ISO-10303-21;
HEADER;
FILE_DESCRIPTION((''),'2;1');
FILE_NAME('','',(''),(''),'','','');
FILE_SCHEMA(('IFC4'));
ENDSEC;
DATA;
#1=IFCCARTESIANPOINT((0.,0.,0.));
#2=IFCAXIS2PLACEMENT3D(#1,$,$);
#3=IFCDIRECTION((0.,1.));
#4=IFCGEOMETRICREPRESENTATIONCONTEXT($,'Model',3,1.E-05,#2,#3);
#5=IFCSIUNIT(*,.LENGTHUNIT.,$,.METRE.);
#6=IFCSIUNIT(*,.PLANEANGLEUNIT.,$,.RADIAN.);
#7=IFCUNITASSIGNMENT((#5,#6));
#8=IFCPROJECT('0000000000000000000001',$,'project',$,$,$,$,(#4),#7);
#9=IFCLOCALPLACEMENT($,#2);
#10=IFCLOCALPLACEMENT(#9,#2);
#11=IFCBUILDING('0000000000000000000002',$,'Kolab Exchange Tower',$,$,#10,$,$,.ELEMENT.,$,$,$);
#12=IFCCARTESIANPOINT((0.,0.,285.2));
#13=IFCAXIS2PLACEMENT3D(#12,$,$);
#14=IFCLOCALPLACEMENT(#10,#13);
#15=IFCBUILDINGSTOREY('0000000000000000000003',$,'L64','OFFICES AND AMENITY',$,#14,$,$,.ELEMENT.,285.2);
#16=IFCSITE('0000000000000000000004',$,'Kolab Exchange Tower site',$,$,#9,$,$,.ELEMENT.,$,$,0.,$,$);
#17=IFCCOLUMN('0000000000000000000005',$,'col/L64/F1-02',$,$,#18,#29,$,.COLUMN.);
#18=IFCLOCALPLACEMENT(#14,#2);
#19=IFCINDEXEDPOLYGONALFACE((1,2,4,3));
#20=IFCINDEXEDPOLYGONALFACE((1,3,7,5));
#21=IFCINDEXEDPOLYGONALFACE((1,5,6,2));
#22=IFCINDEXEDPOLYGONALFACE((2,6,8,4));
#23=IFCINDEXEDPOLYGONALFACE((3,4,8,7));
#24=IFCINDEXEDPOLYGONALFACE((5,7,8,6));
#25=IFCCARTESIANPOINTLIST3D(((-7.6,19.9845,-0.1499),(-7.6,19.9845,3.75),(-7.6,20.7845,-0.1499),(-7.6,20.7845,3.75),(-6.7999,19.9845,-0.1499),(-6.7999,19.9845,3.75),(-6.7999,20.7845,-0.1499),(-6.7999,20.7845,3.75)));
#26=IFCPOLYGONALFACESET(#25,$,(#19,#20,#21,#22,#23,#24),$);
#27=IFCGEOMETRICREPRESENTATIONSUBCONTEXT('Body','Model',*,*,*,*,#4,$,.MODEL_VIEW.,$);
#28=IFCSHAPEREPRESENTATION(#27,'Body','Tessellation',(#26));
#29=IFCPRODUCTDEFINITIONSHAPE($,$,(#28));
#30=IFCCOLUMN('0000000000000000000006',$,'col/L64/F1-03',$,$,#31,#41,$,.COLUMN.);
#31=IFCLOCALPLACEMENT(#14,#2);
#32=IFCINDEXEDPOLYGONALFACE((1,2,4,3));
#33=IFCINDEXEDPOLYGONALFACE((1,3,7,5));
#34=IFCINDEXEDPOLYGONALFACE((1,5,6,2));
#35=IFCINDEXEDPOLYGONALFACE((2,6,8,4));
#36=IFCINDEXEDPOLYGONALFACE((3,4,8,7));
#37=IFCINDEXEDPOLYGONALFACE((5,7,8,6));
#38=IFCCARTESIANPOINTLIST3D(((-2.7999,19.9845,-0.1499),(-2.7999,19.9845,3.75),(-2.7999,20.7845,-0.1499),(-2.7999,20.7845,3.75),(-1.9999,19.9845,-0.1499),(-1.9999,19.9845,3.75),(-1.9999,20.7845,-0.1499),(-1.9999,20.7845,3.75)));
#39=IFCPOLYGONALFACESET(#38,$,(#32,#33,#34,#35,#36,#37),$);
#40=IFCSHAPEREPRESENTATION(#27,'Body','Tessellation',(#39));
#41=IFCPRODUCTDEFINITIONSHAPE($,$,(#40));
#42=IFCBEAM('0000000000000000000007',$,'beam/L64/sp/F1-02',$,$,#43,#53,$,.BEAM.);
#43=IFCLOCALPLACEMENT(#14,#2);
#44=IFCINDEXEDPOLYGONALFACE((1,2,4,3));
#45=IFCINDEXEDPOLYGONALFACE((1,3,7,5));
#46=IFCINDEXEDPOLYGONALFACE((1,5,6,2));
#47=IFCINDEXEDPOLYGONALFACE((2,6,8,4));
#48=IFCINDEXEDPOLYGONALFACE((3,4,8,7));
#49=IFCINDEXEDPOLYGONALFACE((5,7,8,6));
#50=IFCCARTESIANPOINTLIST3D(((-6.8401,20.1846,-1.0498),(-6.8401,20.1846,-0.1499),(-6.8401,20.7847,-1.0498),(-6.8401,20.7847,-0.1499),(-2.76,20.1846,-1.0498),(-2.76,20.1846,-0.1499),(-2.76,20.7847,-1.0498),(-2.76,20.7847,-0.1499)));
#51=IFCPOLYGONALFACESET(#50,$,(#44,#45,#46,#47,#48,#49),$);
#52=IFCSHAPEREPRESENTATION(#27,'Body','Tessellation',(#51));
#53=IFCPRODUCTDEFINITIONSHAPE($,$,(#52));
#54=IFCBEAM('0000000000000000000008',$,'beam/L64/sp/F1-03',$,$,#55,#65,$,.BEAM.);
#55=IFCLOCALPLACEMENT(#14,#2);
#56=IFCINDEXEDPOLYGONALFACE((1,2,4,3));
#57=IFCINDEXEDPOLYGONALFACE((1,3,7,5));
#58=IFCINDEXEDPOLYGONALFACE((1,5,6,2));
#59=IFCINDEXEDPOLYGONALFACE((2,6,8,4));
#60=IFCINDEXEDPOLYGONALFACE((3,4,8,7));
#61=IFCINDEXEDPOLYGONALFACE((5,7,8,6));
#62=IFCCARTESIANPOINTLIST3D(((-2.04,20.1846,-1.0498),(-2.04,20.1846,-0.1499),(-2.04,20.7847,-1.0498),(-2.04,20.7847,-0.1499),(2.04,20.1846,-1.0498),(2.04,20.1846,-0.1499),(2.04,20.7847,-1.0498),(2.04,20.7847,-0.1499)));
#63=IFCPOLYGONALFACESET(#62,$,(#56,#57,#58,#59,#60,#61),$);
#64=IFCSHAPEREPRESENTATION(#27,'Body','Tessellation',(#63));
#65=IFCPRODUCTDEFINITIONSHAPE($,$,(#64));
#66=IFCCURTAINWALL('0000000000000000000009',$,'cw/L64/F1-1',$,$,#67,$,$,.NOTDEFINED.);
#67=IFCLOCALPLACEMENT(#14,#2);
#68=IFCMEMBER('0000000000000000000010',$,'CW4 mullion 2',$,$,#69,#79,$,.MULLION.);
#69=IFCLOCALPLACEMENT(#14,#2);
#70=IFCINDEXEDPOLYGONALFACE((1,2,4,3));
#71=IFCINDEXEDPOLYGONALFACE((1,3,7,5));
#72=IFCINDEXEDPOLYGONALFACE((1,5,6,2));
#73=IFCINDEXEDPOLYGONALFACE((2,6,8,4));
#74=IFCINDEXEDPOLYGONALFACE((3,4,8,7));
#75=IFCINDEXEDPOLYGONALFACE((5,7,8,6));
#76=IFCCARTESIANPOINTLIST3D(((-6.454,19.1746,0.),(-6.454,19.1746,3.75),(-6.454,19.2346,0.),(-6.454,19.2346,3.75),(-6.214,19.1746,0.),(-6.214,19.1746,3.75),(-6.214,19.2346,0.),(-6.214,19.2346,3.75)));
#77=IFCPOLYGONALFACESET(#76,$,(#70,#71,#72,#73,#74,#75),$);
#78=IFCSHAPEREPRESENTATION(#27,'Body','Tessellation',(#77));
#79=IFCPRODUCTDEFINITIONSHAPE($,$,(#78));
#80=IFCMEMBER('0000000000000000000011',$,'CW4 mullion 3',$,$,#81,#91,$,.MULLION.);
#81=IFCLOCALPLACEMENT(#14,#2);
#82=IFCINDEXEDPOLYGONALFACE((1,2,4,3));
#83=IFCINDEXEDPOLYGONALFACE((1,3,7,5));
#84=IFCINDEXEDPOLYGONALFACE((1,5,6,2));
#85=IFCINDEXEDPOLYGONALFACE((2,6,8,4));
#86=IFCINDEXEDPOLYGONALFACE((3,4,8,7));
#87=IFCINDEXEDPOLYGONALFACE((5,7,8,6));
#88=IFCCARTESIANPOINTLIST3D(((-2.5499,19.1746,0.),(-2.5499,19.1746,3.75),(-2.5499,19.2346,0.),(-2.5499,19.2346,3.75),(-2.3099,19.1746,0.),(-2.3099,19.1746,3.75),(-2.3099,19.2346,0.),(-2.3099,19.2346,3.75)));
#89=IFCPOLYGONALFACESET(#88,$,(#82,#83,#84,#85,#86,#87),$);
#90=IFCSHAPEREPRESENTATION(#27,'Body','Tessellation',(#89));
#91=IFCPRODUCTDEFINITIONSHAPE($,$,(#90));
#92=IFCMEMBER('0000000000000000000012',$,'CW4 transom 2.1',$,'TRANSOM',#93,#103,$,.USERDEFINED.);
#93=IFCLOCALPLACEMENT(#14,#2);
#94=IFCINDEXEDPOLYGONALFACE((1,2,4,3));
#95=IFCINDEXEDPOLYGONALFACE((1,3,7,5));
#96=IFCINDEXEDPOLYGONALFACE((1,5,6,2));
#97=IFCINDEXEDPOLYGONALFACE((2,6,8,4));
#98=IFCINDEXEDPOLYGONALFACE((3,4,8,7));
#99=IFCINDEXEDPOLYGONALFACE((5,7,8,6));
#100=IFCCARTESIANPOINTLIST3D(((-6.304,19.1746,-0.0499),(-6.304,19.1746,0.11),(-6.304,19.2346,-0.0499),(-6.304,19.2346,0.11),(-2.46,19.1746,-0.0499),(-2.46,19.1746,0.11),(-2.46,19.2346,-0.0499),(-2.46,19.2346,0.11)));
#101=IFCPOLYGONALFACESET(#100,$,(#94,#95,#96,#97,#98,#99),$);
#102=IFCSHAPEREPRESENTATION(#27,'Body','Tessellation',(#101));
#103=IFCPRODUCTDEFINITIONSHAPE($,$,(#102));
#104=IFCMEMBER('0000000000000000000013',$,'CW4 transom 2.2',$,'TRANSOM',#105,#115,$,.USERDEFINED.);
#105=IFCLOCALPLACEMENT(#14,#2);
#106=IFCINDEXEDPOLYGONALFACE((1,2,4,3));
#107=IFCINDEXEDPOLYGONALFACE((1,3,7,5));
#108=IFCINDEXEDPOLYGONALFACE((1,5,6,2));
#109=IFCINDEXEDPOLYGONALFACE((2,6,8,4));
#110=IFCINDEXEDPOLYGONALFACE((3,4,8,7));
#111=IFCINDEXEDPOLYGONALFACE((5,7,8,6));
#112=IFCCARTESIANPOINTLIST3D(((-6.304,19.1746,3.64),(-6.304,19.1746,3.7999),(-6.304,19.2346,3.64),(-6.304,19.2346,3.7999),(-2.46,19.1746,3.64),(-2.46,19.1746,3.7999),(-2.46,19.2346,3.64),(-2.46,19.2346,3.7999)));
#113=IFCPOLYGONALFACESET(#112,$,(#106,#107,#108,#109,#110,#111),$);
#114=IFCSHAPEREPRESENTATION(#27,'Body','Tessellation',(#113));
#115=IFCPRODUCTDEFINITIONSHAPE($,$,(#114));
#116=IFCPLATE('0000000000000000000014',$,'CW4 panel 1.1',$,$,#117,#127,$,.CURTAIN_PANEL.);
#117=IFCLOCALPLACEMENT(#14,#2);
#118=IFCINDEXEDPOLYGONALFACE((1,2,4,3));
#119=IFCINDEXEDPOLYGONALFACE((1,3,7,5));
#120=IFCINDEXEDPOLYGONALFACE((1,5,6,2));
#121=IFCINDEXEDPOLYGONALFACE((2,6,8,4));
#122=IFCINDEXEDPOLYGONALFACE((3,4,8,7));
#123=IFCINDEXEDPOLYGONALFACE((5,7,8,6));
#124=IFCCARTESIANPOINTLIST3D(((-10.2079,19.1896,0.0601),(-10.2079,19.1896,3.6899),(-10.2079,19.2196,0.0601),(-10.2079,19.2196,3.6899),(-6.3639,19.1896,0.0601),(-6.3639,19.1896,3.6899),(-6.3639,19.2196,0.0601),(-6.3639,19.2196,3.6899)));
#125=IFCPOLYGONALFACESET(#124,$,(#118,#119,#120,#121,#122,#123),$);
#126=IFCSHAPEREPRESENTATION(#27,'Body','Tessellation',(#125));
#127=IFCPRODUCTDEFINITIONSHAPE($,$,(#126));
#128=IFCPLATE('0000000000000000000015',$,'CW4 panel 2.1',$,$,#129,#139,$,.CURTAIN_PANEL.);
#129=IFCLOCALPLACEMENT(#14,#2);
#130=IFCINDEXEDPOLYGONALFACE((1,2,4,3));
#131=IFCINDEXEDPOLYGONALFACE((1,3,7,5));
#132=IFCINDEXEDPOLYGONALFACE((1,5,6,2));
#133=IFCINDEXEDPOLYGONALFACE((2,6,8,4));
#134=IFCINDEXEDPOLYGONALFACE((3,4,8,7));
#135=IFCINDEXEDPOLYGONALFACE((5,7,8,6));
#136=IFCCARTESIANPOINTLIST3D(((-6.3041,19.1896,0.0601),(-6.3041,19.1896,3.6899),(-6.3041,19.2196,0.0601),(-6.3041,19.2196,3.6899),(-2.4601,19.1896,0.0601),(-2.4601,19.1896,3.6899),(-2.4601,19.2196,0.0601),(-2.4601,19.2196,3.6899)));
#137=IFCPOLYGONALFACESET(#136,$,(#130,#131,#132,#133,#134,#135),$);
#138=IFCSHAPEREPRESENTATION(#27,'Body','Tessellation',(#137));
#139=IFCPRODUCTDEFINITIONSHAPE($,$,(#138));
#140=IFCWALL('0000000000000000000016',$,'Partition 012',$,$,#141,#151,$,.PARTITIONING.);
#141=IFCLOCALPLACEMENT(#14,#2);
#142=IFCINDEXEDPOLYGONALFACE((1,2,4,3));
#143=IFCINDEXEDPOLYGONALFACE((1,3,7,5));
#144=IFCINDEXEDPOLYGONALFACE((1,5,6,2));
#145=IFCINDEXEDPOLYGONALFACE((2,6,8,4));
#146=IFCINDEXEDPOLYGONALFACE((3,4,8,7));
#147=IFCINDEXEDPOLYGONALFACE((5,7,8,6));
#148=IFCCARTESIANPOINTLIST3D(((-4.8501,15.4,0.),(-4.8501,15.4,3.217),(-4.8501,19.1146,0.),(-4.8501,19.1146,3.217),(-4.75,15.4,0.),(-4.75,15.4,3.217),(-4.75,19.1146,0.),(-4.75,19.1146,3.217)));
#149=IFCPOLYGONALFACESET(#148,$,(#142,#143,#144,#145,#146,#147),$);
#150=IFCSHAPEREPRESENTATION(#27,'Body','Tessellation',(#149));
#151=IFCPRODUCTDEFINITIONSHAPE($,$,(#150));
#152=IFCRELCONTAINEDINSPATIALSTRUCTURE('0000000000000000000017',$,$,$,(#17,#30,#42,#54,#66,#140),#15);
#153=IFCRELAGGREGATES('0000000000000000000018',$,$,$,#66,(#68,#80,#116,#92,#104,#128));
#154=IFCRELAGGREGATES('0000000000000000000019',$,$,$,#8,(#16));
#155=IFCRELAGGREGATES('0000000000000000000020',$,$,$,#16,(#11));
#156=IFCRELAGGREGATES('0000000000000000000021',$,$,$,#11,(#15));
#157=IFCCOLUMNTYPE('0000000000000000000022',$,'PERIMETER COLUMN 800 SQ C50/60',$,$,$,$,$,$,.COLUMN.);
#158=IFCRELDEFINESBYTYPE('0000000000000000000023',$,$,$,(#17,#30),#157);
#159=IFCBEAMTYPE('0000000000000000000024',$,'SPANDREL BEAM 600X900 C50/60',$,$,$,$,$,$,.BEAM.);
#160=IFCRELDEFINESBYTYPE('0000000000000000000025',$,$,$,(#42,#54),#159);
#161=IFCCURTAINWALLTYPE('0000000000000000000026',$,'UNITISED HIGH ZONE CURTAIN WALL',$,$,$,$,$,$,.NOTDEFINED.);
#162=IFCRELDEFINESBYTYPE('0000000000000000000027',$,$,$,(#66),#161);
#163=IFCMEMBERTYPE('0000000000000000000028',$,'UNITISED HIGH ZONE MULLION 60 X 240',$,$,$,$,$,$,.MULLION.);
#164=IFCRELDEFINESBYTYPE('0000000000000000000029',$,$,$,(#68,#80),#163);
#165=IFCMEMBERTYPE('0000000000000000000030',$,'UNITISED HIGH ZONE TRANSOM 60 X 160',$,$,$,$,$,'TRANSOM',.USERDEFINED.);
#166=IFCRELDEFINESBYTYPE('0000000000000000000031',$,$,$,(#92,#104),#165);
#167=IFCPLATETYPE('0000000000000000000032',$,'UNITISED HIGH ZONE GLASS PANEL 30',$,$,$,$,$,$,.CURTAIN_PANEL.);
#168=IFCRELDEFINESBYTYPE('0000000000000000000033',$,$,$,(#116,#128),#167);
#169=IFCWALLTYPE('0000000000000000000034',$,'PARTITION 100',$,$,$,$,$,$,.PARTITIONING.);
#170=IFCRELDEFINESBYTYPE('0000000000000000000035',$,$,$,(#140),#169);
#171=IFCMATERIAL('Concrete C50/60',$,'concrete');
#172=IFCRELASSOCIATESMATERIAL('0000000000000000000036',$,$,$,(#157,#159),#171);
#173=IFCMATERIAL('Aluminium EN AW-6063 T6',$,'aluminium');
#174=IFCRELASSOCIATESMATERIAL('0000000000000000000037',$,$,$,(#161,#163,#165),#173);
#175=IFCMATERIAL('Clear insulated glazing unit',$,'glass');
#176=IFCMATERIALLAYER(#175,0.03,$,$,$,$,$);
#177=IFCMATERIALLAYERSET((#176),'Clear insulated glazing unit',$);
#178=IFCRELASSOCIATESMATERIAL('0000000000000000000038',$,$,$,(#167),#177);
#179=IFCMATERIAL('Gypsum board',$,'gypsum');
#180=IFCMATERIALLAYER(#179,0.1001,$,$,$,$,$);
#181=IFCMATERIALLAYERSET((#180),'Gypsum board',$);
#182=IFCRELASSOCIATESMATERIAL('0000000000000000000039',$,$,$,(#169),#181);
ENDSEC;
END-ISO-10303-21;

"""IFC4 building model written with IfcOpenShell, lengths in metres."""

from ifc_helpers import new_model, si_unit, direction, frame, frame_2d, origin, origin_2d, place, context, subcontext, project, spatial, rectangle, extrude, material, layer, layer_set, material_profile, profile_set, type_object, element, aggregate, save


model = new_model("IFC4")

# Units and contexts
model_context = context("Model", 3, precision=1e-05, world=origin(), true_north=direction((0.0, 1.0)))
body_context = subcontext(model_context, "Body", "Model", "MODEL_VIEW")
ifc_project = project(units=[si_unit("LENGTHUNIT", "METRE"), si_unit("PLANEANGLEUNIT", "RADIAN")], contexts=[model_context])

# Site, building, storey
site_placement = place(None, origin())
site = spatial("IfcSite", under=ifc_project, at=site_placement, Name="Kolab Exchange Tower site", CompositionType="ELEMENT", RefElevation=0.0)
building_placement = place(site_placement, origin())
building = spatial("IfcBuilding", under=site, at=building_placement, Name="Kolab Exchange Tower", CompositionType="ELEMENT")
storey_placement = place(building_placement, frame((0.0, 0.0, 285.2)))
storey = spatial("IfcBuildingStorey", under=building, at=storey_placement, Name="L64", Description="OFFICES AND AMENITY", CompositionType="ELEMENT", Elevation=285.2)

# Columns
ifc_material_1 = material(Name="Concrete C50/60", Category="concrete")
ifc_material_profile_1 = material_profile(ifc_material_1, rectangle(XDim=0.8, YDim=0.8, at=origin_2d()), Name="RC800")
ifc_profile_set_1 = profile_set([ifc_material_profile_1], Name="Concrete C50/60")
column_type = type_object("IfcColumnType", Name="PERIMETER COLUMN 800 SQ C50/60", PredefinedType="COLUMN", material=ifc_profile_set_1)
for number, where, z_axis, x_axis, name in (
    (1, (-7.2, 20.3845, -0.1499), (0.0, 0.0, 1.0), (1.0, 0.0, 0.0), "col/L64/F1-02"),
    (2, (-2.3999, 20.3845, -0.1499), (0.0, 0.0, 1.0), (1.0, 0.0, 0.0), "col/L64/F1-03"),
):
    element("IfcColumn", number, at=place(storey_placement, frame(where, z_axis=z_axis, x_axis=x_axis)), inside=storey, type_object=column_type, Name=name, PredefinedType="COLUMN", context=body_context, shape_type="SweptSolid", body=[
        extrude(rectangle(XDim=0.8, YDim=0.8, at=origin_2d()), origin(), (0.0, 0.0, 1.0), 3.8999),
    ])

# Beams
ifc_material_profile_2 = material_profile(ifc_material_1, rectangle(XDim=0.6001, YDim=0.8999, at=origin_2d()), Name="RC600X900")
ifc_profile_set_2 = profile_set([ifc_material_profile_2], Name="Concrete C50/60")
beam_type = type_object("IfcBeamType", Name="SPANDREL BEAM 600X900 C50/60", PredefinedType="BEAM", material=ifc_profile_set_2)
for number, where, z_axis, x_axis, name in (
    (3, (-6.8401, 20.4846, -0.5999), (1.0, 0.0, 0.0), (0.0, 1.0, 0.0), "beam/L64/sp/F1-02"),
    (4, (-2.04, 20.4846, -0.5999), (1.0, 0.0, 0.0), (0.0, 1.0, 0.0), "beam/L64/sp/F1-03"),
):
    element("IfcBeam", number, at=place(storey_placement, frame(where, z_axis=z_axis, x_axis=x_axis)), inside=storey, type_object=beam_type, Name=name, PredefinedType="BEAM", context=body_context, shape_type="SweptSolid", body=[
        extrude(rectangle(XDim=0.6001, YDim=0.8999, at=origin_2d()), origin(), (0.0, 0.0, 1.0), 4.0801),
    ])

# Curtain wall, members, plates
ifc_material_2 = material(Name="Aluminium EN AW-6063 T6", Category="aluminium")
curtain_wall_type = type_object("IfcCurtainWallType", Name="UNITISED HIGH ZONE CURTAIN WALL", PredefinedType="NOTDEFINED", material=ifc_material_2)
curtain_wall_placement = place(storey_placement, origin())
curtain_wall = element("IfcCurtainWall", 5, at=curtain_wall_placement, inside=storey, type_object=curtain_wall_type, Name="cw/L64/F1-1", PredefinedType="NOTDEFINED")
ifc_material_profile_3 = material_profile(ifc_material_2, rectangle(XDim=0.0601, YDim=0.24, at=origin_2d()), Name="RECT 60X240")
ifc_profile_set_3 = profile_set([ifc_material_profile_3], Name="Aluminium EN AW-6063 T6")
member_type_1 = type_object("IfcMemberType", Name="UNITISED HIGH ZONE MULLION 60 X 240", PredefinedType="MULLION", material=ifc_profile_set_3)
member_1_placement = place(storey_placement, frame((-6.334, 19.2046, 0.0), z_axis=(0.0, 0.0, 1.0), x_axis=(0.0, 1.0, 0.0)))
member_1 = element("IfcMember", 6, at=member_1_placement, type_object=member_type_1, Name="CW4 mullion 2", PredefinedType="MULLION", context=body_context, shape_type="SweptSolid", body=[
    extrude(rectangle(XDim=0.0601, YDim=0.24, at=origin_2d()), origin(), (0.0, 0.0, 1.0), 3.75),
])
member_2_placement = place(storey_placement, frame((-2.4299, 19.2046, 0.0), z_axis=(0.0, 0.0, 1.0), x_axis=(0.0, 1.0, 0.0)))
member_2 = element("IfcMember", 7, at=member_2_placement, type_object=member_type_1, Name="CW4 mullion 3", PredefinedType="MULLION", context=body_context, shape_type="SweptSolid", body=[
    extrude(rectangle(XDim=0.0601, YDim=0.24, at=origin_2d()), origin(), (0.0, 0.0, 1.0), 3.75),
])
ifc_material_profile_4 = material_profile(ifc_material_2, rectangle(XDim=0.0601, YDim=0.1599, at=origin_2d()), Name="RECT 60X160")
ifc_profile_set_4 = profile_set([ifc_material_profile_4], Name="Aluminium EN AW-6063 T6")
member_type_2 = type_object("IfcMemberType", Name="UNITISED HIGH ZONE TRANSOM 60 X 160", ElementType="TRANSOM", PredefinedType="USERDEFINED", material=ifc_profile_set_4)
member_3_placement = place(storey_placement, frame((-6.304, 19.2046, 0.03), z_axis=(1.0, 0.0, 0.0), x_axis=(0.0, 1.0, 0.0)))
member_3 = element("IfcMember", 8, at=member_3_placement, type_object=member_type_2, Name="CW4 transom 2.1", ObjectType="TRANSOM", PredefinedType="USERDEFINED", context=body_context, shape_type="SweptSolid", body=[
    extrude(rectangle(XDim=0.0601, YDim=0.1599, at=origin_2d()), origin(), (0.0, 0.0, 1.0), 3.844),
])
member_4_placement = place(storey_placement, frame((-6.304, 19.2046, 3.72), z_axis=(1.0, 0.0, 0.0), x_axis=(0.0, 1.0, 0.0)))
member_4 = element("IfcMember", 9, at=member_4_placement, type_object=member_type_2, Name="CW4 transom 2.2", ObjectType="TRANSOM", PredefinedType="USERDEFINED", context=body_context, shape_type="SweptSolid", body=[
    extrude(rectangle(XDim=0.0601, YDim=0.1599, at=origin_2d()), origin(), (0.0, 0.0, 1.0), 3.844),
])
ifc_material_3 = material(Name="Clear insulated glazing unit", Category="glass")
ifc_layer_1 = layer(ifc_material_3, 0.03)
ifc_layer_set_1 = layer_set([ifc_layer_1], Name="Clear insulated glazing unit")
plate_type = type_object("IfcPlateType", Name="UNITISED HIGH ZONE GLASS PANEL 30", PredefinedType="CURTAIN_PANEL", material=ifc_layer_set_1)
plate_1_placement = place(storey_placement, frame((-8.2859, 19.2046, 0.0601), z_axis=(0.0, 0.0, 1.0), x_axis=(1.0, 0.0, 0.0)))
plate_1 = element("IfcPlate", 10, at=plate_1_placement, type_object=plate_type, Name="CW4 panel 1.1", PredefinedType="CURTAIN_PANEL", context=body_context, shape_type="SweptSolid", body=[
    extrude(rectangle(XDim=3.844, YDim=0.03, at=origin_2d()), origin(), (0.0, 0.0, 1.0), 3.6299),
])
plate_2_placement = place(storey_placement, frame((-4.3821, 19.2046, 0.0601), z_axis=(0.0, 0.0, 1.0), x_axis=(1.0, 0.0, 0.0)))
plate_2 = element("IfcPlate", 11, at=plate_2_placement, type_object=plate_type, Name="CW4 panel 2.1", PredefinedType="CURTAIN_PANEL", context=body_context, shape_type="SweptSolid", body=[
    extrude(rectangle(XDim=3.844, YDim=0.03, at=origin_2d()), origin(), (0.0, 0.0, 1.0), 3.6299),
])
aggregate(curtain_wall, [member_1, member_2, plate_1, member_3, member_4, plate_2])

# Wall
ifc_material_4 = material(Name="Gypsum board", Category="gypsum")
ifc_layer_2 = layer(ifc_material_4, 0.1001)
ifc_layer_set_2 = layer_set([ifc_layer_2], Name="Gypsum board")
wall_type_1 = type_object("IfcWallType", Name="PARTITION 100", PredefinedType="PARTITIONING", material=ifc_layer_set_2)
wall_1_placement = place(storey_placement, frame((-4.8, 15.3999, 0.0), z_axis=(0.0, 0.0, 1.0), x_axis=(0.0, 1.0, 0.0)))
element("IfcWall", 12, at=wall_1_placement, inside=storey, type_object=wall_type_1, Name="Partition 012", PredefinedType="PARTITIONING", context=body_context, shape_type="SweptSolid", body=[
    extrude(rectangle(XDim=3.7146, YDim=0.1001, at=frame_2d((1.8574, 0.0))), origin(), (0.0, 0.0, 1.0), 3.217),
])

save(model, "model.ifc")
